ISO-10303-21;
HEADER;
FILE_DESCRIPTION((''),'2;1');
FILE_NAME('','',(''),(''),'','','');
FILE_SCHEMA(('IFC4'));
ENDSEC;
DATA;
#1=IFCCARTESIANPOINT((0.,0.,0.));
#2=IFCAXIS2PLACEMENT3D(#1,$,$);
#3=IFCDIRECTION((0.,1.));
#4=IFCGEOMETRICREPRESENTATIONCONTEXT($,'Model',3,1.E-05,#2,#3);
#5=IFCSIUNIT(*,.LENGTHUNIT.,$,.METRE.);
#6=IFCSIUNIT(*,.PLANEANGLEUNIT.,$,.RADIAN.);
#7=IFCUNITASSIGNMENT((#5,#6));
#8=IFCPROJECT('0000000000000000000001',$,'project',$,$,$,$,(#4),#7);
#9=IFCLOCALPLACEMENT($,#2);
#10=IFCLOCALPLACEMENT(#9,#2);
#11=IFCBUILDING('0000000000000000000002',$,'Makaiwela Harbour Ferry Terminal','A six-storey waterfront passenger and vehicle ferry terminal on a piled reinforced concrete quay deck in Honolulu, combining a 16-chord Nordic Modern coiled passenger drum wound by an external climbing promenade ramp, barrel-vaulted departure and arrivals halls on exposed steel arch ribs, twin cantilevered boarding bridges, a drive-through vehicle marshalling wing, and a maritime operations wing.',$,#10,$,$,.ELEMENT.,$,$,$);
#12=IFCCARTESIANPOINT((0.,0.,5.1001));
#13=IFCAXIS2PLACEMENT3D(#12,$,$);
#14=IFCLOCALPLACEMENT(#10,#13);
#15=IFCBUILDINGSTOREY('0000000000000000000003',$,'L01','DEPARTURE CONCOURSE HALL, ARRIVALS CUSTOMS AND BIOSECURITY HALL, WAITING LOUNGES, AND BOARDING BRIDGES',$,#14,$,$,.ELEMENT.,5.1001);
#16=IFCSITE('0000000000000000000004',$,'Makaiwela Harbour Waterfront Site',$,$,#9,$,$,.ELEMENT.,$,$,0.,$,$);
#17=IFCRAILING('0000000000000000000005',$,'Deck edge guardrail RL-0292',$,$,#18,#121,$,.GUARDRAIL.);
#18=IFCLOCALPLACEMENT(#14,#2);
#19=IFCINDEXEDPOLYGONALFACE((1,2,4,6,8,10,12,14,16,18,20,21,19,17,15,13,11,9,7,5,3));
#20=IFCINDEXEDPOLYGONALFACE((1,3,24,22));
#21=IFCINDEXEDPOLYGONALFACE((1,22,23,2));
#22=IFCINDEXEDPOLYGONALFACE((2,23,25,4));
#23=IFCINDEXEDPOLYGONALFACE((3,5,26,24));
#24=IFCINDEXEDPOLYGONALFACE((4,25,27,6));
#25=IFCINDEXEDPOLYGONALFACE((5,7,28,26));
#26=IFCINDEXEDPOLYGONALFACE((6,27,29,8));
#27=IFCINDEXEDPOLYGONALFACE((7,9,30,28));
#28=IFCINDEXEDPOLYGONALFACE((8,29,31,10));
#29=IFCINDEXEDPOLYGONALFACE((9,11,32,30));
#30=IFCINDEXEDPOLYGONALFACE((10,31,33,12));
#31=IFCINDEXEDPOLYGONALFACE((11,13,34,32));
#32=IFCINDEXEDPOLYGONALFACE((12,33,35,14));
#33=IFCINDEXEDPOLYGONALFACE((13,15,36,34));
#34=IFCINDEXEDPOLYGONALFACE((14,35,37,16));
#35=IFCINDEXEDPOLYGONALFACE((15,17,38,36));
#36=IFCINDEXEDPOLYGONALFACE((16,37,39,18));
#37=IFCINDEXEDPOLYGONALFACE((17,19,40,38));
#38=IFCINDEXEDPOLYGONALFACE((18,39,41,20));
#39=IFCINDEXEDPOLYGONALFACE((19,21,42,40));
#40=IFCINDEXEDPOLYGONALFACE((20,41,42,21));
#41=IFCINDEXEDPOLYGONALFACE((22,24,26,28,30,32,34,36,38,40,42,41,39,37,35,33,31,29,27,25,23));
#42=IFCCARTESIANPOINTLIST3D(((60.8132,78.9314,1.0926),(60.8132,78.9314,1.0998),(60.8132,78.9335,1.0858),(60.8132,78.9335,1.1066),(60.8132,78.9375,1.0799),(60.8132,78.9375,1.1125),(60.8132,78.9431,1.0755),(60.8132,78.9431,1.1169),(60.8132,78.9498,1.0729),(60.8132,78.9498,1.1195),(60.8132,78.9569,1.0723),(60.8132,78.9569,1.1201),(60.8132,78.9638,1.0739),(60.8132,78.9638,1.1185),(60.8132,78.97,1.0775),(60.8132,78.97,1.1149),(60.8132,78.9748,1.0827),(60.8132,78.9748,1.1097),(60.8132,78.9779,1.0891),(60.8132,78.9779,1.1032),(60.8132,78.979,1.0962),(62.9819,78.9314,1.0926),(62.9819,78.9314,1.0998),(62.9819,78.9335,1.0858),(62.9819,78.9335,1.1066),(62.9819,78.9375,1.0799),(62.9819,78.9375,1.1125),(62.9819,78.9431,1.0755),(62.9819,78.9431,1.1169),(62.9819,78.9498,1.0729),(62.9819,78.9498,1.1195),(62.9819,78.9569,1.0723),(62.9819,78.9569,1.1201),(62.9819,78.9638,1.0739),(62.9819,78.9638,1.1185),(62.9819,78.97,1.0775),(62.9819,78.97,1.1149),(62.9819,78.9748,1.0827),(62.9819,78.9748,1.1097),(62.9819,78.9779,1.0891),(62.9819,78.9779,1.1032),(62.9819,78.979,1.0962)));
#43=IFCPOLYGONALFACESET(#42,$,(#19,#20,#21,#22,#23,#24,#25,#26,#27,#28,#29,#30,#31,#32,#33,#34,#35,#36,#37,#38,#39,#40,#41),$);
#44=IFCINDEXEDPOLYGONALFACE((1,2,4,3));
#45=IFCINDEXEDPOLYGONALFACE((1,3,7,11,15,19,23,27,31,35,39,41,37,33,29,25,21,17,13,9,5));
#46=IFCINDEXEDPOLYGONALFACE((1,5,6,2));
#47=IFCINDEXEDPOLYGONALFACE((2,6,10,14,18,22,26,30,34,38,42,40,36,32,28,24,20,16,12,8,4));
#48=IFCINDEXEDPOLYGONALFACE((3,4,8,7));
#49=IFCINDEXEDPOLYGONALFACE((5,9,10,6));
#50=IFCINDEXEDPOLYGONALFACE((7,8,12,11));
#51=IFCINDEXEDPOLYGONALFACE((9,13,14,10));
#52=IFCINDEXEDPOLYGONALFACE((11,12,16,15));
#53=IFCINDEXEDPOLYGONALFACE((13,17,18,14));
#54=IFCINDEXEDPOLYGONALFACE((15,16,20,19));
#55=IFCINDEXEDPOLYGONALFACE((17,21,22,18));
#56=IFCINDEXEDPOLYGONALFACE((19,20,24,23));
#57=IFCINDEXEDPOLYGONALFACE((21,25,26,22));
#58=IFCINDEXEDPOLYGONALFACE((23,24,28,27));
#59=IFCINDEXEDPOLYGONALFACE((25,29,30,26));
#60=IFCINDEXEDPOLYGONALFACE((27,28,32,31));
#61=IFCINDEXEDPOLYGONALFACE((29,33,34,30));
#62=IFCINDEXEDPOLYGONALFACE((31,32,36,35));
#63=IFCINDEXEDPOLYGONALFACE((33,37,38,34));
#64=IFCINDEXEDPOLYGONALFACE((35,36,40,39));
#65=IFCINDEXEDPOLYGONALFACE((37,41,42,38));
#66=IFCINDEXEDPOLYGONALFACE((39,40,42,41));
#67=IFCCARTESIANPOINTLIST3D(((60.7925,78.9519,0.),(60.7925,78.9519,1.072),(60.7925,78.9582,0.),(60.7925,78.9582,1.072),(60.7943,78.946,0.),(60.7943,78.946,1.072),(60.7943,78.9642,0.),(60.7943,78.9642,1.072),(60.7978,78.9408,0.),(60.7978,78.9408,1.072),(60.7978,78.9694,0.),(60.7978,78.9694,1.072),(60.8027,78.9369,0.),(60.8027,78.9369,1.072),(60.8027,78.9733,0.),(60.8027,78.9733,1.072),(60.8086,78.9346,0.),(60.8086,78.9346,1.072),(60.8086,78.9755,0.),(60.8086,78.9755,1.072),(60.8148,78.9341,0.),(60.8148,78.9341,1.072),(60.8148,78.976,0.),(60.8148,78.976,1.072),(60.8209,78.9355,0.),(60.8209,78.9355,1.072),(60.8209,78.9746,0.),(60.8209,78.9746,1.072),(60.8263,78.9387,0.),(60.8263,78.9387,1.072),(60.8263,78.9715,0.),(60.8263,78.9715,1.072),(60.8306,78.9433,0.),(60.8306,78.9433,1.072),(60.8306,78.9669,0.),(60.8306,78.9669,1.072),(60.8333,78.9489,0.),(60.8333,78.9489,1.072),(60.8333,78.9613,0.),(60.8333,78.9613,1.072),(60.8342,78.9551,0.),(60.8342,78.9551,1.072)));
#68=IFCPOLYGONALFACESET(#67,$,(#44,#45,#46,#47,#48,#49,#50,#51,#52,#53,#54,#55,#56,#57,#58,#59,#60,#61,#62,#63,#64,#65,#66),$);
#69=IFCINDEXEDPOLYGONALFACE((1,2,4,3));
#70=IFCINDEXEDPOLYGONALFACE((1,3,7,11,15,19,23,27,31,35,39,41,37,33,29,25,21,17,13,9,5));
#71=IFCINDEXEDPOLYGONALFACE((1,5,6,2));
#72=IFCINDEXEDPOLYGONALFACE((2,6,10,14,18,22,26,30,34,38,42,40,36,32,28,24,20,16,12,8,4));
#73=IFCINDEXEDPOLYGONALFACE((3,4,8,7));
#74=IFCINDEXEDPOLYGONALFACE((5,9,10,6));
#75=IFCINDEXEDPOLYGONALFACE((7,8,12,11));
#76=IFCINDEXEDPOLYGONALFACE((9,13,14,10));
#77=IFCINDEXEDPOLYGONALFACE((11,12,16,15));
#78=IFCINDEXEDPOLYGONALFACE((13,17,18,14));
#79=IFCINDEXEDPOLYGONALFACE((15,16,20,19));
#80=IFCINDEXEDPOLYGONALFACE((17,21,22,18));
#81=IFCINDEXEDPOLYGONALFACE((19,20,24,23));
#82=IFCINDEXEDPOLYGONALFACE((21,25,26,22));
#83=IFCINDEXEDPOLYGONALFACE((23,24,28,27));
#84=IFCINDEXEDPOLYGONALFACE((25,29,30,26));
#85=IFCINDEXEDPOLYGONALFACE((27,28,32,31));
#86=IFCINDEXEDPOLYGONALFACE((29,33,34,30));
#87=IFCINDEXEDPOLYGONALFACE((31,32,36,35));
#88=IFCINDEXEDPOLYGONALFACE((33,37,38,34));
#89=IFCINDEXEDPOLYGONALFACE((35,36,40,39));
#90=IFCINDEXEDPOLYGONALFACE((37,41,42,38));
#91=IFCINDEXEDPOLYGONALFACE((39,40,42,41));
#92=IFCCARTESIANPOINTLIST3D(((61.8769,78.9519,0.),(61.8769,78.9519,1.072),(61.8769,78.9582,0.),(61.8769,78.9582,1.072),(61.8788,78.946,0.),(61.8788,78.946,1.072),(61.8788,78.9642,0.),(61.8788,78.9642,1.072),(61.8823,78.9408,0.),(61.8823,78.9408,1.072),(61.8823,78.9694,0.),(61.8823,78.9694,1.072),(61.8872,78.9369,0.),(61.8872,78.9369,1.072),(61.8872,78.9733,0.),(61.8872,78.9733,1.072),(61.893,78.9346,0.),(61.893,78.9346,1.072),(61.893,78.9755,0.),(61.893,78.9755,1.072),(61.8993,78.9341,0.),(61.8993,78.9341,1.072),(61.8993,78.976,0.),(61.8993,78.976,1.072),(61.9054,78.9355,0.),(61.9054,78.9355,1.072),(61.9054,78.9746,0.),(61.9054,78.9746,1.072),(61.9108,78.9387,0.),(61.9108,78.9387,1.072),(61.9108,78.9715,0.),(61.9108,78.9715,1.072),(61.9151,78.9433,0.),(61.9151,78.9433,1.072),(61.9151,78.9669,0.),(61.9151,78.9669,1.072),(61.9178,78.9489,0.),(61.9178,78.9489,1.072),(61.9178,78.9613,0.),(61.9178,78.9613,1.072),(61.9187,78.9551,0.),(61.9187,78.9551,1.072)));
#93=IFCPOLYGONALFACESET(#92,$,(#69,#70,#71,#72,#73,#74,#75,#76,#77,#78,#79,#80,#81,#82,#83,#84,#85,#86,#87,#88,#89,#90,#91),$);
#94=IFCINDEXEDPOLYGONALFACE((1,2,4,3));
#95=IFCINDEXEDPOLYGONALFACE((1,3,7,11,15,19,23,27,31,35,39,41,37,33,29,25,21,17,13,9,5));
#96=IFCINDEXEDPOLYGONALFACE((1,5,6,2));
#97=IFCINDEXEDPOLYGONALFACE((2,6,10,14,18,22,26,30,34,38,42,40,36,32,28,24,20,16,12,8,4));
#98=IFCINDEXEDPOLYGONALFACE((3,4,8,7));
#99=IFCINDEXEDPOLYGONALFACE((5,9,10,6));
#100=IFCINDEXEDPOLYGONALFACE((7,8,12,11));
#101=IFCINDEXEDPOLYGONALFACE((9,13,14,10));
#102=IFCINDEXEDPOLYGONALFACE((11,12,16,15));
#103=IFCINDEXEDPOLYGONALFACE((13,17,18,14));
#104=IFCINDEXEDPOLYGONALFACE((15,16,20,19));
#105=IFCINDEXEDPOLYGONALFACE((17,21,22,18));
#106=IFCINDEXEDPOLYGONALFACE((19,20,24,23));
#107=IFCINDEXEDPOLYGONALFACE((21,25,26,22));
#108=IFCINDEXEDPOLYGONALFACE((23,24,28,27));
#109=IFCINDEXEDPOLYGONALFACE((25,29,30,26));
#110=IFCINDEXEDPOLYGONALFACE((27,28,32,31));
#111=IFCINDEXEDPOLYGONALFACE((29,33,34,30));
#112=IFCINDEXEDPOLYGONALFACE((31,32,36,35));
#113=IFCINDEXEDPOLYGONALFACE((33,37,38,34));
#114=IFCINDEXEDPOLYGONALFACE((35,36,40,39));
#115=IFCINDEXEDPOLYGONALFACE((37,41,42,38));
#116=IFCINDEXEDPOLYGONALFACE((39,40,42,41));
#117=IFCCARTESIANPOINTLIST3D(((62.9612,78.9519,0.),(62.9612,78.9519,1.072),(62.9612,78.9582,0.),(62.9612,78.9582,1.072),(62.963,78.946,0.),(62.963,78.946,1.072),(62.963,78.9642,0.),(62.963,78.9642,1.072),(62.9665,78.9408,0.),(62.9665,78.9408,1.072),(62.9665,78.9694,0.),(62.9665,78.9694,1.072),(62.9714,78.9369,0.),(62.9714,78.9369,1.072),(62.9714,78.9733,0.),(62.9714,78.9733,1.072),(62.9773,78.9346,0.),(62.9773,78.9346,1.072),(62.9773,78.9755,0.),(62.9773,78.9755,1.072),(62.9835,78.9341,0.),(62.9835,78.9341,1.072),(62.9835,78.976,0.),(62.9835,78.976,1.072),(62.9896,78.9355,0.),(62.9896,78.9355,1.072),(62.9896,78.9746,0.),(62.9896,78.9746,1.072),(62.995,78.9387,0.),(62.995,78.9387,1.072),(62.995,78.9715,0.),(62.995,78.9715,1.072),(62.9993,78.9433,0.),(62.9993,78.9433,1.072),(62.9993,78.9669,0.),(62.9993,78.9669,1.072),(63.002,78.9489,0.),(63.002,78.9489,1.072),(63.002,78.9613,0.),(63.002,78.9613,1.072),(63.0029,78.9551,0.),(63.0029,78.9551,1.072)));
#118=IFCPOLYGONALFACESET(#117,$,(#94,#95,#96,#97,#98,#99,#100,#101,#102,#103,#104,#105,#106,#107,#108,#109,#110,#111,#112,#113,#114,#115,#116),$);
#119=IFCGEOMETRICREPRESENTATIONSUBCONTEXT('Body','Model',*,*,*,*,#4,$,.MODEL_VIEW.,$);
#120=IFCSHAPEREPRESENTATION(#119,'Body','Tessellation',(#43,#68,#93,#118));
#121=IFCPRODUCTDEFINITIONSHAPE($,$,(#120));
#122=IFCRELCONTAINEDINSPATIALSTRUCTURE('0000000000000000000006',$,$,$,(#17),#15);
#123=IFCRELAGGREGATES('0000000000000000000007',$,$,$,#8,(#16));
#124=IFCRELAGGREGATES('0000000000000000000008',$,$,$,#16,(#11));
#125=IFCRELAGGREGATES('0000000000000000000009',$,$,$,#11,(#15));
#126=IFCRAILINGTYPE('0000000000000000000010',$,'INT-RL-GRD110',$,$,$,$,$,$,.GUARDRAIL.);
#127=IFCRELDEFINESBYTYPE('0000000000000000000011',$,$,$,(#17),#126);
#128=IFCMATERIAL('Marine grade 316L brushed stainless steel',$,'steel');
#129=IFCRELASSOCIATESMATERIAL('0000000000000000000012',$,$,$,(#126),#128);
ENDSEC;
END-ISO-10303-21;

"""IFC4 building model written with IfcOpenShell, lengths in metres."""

from ifc_helpers import new_model, si_unit, direction, frame, origin, origin_2d, place, context, subcontext, project, spatial, circle, extrude, material, type_object, element, save


model = new_model("IFC4")

# Units and contexts
model_context = context("Model", 3, precision=1e-05, world=origin(), true_north=direction((0.0, 1.0)))
body_context = subcontext(model_context, "Body", "Model", "MODEL_VIEW")
ifc_project = project(units=[si_unit("LENGTHUNIT", "METRE"), si_unit("PLANEANGLEUNIT", "RADIAN")], contexts=[model_context])

# Site, building, storey
site_placement = place(None, origin())
site = spatial("IfcSite", under=ifc_project, at=site_placement, Name="Makaiwela Harbour Waterfront Site", CompositionType="ELEMENT", RefElevation=0.0)
building_placement = place(site_placement, origin())
building = spatial("IfcBuilding", under=site, at=building_placement, Name="Makaiwela Harbour Ferry Terminal", Description="A six-storey waterfront passenger and vehicle ferry terminal on a piled reinforced concrete quay deck in Honolulu, combining a 16-chord Nordic Modern coiled passenger drum wound by an external climbing promenade ramp, barrel-vaulted departure and arrivals halls on exposed steel arch ribs, twin cantilevered boarding bridges, a drive-through vehicle marshalling wing, and a maritime operations wing.", CompositionType="ELEMENT")
storey_placement = place(building_placement, frame((0.0, 0.0, 5.1001)))
storey = spatial("IfcBuildingStorey", under=building, at=storey_placement, Name="L01", Description="DEPARTURE CONCOURSE HALL, ARRIVALS CUSTOMS AND BIOSECURITY HALL, WAITING LOUNGES, AND BOARDING BRIDGES", CompositionType="ELEMENT", Elevation=5.1001)

# Railing
ifc_material_1 = material(Name="Marine grade 316L brushed stainless steel", Category="steel")
railing_type = type_object("IfcRailingType", Name="INT-RL-GRD110", PredefinedType="GUARDRAIL", material=ifc_material_1)
railing_1_placement = place(storey_placement, frame((60.8132, 78.9551, 0.0)))
element("IfcRailing", 1, at=railing_1_placement, inside=storey, type_object=railing_type, Name="Deck edge guardrail RL-0292", PredefinedType="GUARDRAIL", context=body_context, shape_type="SweptSolid", body=[
    extrude(circle(Radius=0.0239, at=origin_2d()), frame((0.0, 0.0, 1.0962), z_axis=(1.0, 0.0, 0.0), x_axis=(0.0, 1.0, 0.0)), (0.0, 0.0, 1.0), 2.1687),
    extrude(circle(Radius=0.021, at=origin_2d()), origin(), (0.0, 0.0, 1.0), 1.072),
    extrude(circle(Radius=0.021, at=origin_2d()), frame((1.0845, 0.0, 0.0)), (0.0, 0.0, 1.0), 1.072),
    extrude(circle(Radius=0.021, at=origin_2d()), frame((2.1687, 0.0, 0.0)), (0.0, 0.0, 1.0), 1.072),
])

save(model, "model.ifc")
